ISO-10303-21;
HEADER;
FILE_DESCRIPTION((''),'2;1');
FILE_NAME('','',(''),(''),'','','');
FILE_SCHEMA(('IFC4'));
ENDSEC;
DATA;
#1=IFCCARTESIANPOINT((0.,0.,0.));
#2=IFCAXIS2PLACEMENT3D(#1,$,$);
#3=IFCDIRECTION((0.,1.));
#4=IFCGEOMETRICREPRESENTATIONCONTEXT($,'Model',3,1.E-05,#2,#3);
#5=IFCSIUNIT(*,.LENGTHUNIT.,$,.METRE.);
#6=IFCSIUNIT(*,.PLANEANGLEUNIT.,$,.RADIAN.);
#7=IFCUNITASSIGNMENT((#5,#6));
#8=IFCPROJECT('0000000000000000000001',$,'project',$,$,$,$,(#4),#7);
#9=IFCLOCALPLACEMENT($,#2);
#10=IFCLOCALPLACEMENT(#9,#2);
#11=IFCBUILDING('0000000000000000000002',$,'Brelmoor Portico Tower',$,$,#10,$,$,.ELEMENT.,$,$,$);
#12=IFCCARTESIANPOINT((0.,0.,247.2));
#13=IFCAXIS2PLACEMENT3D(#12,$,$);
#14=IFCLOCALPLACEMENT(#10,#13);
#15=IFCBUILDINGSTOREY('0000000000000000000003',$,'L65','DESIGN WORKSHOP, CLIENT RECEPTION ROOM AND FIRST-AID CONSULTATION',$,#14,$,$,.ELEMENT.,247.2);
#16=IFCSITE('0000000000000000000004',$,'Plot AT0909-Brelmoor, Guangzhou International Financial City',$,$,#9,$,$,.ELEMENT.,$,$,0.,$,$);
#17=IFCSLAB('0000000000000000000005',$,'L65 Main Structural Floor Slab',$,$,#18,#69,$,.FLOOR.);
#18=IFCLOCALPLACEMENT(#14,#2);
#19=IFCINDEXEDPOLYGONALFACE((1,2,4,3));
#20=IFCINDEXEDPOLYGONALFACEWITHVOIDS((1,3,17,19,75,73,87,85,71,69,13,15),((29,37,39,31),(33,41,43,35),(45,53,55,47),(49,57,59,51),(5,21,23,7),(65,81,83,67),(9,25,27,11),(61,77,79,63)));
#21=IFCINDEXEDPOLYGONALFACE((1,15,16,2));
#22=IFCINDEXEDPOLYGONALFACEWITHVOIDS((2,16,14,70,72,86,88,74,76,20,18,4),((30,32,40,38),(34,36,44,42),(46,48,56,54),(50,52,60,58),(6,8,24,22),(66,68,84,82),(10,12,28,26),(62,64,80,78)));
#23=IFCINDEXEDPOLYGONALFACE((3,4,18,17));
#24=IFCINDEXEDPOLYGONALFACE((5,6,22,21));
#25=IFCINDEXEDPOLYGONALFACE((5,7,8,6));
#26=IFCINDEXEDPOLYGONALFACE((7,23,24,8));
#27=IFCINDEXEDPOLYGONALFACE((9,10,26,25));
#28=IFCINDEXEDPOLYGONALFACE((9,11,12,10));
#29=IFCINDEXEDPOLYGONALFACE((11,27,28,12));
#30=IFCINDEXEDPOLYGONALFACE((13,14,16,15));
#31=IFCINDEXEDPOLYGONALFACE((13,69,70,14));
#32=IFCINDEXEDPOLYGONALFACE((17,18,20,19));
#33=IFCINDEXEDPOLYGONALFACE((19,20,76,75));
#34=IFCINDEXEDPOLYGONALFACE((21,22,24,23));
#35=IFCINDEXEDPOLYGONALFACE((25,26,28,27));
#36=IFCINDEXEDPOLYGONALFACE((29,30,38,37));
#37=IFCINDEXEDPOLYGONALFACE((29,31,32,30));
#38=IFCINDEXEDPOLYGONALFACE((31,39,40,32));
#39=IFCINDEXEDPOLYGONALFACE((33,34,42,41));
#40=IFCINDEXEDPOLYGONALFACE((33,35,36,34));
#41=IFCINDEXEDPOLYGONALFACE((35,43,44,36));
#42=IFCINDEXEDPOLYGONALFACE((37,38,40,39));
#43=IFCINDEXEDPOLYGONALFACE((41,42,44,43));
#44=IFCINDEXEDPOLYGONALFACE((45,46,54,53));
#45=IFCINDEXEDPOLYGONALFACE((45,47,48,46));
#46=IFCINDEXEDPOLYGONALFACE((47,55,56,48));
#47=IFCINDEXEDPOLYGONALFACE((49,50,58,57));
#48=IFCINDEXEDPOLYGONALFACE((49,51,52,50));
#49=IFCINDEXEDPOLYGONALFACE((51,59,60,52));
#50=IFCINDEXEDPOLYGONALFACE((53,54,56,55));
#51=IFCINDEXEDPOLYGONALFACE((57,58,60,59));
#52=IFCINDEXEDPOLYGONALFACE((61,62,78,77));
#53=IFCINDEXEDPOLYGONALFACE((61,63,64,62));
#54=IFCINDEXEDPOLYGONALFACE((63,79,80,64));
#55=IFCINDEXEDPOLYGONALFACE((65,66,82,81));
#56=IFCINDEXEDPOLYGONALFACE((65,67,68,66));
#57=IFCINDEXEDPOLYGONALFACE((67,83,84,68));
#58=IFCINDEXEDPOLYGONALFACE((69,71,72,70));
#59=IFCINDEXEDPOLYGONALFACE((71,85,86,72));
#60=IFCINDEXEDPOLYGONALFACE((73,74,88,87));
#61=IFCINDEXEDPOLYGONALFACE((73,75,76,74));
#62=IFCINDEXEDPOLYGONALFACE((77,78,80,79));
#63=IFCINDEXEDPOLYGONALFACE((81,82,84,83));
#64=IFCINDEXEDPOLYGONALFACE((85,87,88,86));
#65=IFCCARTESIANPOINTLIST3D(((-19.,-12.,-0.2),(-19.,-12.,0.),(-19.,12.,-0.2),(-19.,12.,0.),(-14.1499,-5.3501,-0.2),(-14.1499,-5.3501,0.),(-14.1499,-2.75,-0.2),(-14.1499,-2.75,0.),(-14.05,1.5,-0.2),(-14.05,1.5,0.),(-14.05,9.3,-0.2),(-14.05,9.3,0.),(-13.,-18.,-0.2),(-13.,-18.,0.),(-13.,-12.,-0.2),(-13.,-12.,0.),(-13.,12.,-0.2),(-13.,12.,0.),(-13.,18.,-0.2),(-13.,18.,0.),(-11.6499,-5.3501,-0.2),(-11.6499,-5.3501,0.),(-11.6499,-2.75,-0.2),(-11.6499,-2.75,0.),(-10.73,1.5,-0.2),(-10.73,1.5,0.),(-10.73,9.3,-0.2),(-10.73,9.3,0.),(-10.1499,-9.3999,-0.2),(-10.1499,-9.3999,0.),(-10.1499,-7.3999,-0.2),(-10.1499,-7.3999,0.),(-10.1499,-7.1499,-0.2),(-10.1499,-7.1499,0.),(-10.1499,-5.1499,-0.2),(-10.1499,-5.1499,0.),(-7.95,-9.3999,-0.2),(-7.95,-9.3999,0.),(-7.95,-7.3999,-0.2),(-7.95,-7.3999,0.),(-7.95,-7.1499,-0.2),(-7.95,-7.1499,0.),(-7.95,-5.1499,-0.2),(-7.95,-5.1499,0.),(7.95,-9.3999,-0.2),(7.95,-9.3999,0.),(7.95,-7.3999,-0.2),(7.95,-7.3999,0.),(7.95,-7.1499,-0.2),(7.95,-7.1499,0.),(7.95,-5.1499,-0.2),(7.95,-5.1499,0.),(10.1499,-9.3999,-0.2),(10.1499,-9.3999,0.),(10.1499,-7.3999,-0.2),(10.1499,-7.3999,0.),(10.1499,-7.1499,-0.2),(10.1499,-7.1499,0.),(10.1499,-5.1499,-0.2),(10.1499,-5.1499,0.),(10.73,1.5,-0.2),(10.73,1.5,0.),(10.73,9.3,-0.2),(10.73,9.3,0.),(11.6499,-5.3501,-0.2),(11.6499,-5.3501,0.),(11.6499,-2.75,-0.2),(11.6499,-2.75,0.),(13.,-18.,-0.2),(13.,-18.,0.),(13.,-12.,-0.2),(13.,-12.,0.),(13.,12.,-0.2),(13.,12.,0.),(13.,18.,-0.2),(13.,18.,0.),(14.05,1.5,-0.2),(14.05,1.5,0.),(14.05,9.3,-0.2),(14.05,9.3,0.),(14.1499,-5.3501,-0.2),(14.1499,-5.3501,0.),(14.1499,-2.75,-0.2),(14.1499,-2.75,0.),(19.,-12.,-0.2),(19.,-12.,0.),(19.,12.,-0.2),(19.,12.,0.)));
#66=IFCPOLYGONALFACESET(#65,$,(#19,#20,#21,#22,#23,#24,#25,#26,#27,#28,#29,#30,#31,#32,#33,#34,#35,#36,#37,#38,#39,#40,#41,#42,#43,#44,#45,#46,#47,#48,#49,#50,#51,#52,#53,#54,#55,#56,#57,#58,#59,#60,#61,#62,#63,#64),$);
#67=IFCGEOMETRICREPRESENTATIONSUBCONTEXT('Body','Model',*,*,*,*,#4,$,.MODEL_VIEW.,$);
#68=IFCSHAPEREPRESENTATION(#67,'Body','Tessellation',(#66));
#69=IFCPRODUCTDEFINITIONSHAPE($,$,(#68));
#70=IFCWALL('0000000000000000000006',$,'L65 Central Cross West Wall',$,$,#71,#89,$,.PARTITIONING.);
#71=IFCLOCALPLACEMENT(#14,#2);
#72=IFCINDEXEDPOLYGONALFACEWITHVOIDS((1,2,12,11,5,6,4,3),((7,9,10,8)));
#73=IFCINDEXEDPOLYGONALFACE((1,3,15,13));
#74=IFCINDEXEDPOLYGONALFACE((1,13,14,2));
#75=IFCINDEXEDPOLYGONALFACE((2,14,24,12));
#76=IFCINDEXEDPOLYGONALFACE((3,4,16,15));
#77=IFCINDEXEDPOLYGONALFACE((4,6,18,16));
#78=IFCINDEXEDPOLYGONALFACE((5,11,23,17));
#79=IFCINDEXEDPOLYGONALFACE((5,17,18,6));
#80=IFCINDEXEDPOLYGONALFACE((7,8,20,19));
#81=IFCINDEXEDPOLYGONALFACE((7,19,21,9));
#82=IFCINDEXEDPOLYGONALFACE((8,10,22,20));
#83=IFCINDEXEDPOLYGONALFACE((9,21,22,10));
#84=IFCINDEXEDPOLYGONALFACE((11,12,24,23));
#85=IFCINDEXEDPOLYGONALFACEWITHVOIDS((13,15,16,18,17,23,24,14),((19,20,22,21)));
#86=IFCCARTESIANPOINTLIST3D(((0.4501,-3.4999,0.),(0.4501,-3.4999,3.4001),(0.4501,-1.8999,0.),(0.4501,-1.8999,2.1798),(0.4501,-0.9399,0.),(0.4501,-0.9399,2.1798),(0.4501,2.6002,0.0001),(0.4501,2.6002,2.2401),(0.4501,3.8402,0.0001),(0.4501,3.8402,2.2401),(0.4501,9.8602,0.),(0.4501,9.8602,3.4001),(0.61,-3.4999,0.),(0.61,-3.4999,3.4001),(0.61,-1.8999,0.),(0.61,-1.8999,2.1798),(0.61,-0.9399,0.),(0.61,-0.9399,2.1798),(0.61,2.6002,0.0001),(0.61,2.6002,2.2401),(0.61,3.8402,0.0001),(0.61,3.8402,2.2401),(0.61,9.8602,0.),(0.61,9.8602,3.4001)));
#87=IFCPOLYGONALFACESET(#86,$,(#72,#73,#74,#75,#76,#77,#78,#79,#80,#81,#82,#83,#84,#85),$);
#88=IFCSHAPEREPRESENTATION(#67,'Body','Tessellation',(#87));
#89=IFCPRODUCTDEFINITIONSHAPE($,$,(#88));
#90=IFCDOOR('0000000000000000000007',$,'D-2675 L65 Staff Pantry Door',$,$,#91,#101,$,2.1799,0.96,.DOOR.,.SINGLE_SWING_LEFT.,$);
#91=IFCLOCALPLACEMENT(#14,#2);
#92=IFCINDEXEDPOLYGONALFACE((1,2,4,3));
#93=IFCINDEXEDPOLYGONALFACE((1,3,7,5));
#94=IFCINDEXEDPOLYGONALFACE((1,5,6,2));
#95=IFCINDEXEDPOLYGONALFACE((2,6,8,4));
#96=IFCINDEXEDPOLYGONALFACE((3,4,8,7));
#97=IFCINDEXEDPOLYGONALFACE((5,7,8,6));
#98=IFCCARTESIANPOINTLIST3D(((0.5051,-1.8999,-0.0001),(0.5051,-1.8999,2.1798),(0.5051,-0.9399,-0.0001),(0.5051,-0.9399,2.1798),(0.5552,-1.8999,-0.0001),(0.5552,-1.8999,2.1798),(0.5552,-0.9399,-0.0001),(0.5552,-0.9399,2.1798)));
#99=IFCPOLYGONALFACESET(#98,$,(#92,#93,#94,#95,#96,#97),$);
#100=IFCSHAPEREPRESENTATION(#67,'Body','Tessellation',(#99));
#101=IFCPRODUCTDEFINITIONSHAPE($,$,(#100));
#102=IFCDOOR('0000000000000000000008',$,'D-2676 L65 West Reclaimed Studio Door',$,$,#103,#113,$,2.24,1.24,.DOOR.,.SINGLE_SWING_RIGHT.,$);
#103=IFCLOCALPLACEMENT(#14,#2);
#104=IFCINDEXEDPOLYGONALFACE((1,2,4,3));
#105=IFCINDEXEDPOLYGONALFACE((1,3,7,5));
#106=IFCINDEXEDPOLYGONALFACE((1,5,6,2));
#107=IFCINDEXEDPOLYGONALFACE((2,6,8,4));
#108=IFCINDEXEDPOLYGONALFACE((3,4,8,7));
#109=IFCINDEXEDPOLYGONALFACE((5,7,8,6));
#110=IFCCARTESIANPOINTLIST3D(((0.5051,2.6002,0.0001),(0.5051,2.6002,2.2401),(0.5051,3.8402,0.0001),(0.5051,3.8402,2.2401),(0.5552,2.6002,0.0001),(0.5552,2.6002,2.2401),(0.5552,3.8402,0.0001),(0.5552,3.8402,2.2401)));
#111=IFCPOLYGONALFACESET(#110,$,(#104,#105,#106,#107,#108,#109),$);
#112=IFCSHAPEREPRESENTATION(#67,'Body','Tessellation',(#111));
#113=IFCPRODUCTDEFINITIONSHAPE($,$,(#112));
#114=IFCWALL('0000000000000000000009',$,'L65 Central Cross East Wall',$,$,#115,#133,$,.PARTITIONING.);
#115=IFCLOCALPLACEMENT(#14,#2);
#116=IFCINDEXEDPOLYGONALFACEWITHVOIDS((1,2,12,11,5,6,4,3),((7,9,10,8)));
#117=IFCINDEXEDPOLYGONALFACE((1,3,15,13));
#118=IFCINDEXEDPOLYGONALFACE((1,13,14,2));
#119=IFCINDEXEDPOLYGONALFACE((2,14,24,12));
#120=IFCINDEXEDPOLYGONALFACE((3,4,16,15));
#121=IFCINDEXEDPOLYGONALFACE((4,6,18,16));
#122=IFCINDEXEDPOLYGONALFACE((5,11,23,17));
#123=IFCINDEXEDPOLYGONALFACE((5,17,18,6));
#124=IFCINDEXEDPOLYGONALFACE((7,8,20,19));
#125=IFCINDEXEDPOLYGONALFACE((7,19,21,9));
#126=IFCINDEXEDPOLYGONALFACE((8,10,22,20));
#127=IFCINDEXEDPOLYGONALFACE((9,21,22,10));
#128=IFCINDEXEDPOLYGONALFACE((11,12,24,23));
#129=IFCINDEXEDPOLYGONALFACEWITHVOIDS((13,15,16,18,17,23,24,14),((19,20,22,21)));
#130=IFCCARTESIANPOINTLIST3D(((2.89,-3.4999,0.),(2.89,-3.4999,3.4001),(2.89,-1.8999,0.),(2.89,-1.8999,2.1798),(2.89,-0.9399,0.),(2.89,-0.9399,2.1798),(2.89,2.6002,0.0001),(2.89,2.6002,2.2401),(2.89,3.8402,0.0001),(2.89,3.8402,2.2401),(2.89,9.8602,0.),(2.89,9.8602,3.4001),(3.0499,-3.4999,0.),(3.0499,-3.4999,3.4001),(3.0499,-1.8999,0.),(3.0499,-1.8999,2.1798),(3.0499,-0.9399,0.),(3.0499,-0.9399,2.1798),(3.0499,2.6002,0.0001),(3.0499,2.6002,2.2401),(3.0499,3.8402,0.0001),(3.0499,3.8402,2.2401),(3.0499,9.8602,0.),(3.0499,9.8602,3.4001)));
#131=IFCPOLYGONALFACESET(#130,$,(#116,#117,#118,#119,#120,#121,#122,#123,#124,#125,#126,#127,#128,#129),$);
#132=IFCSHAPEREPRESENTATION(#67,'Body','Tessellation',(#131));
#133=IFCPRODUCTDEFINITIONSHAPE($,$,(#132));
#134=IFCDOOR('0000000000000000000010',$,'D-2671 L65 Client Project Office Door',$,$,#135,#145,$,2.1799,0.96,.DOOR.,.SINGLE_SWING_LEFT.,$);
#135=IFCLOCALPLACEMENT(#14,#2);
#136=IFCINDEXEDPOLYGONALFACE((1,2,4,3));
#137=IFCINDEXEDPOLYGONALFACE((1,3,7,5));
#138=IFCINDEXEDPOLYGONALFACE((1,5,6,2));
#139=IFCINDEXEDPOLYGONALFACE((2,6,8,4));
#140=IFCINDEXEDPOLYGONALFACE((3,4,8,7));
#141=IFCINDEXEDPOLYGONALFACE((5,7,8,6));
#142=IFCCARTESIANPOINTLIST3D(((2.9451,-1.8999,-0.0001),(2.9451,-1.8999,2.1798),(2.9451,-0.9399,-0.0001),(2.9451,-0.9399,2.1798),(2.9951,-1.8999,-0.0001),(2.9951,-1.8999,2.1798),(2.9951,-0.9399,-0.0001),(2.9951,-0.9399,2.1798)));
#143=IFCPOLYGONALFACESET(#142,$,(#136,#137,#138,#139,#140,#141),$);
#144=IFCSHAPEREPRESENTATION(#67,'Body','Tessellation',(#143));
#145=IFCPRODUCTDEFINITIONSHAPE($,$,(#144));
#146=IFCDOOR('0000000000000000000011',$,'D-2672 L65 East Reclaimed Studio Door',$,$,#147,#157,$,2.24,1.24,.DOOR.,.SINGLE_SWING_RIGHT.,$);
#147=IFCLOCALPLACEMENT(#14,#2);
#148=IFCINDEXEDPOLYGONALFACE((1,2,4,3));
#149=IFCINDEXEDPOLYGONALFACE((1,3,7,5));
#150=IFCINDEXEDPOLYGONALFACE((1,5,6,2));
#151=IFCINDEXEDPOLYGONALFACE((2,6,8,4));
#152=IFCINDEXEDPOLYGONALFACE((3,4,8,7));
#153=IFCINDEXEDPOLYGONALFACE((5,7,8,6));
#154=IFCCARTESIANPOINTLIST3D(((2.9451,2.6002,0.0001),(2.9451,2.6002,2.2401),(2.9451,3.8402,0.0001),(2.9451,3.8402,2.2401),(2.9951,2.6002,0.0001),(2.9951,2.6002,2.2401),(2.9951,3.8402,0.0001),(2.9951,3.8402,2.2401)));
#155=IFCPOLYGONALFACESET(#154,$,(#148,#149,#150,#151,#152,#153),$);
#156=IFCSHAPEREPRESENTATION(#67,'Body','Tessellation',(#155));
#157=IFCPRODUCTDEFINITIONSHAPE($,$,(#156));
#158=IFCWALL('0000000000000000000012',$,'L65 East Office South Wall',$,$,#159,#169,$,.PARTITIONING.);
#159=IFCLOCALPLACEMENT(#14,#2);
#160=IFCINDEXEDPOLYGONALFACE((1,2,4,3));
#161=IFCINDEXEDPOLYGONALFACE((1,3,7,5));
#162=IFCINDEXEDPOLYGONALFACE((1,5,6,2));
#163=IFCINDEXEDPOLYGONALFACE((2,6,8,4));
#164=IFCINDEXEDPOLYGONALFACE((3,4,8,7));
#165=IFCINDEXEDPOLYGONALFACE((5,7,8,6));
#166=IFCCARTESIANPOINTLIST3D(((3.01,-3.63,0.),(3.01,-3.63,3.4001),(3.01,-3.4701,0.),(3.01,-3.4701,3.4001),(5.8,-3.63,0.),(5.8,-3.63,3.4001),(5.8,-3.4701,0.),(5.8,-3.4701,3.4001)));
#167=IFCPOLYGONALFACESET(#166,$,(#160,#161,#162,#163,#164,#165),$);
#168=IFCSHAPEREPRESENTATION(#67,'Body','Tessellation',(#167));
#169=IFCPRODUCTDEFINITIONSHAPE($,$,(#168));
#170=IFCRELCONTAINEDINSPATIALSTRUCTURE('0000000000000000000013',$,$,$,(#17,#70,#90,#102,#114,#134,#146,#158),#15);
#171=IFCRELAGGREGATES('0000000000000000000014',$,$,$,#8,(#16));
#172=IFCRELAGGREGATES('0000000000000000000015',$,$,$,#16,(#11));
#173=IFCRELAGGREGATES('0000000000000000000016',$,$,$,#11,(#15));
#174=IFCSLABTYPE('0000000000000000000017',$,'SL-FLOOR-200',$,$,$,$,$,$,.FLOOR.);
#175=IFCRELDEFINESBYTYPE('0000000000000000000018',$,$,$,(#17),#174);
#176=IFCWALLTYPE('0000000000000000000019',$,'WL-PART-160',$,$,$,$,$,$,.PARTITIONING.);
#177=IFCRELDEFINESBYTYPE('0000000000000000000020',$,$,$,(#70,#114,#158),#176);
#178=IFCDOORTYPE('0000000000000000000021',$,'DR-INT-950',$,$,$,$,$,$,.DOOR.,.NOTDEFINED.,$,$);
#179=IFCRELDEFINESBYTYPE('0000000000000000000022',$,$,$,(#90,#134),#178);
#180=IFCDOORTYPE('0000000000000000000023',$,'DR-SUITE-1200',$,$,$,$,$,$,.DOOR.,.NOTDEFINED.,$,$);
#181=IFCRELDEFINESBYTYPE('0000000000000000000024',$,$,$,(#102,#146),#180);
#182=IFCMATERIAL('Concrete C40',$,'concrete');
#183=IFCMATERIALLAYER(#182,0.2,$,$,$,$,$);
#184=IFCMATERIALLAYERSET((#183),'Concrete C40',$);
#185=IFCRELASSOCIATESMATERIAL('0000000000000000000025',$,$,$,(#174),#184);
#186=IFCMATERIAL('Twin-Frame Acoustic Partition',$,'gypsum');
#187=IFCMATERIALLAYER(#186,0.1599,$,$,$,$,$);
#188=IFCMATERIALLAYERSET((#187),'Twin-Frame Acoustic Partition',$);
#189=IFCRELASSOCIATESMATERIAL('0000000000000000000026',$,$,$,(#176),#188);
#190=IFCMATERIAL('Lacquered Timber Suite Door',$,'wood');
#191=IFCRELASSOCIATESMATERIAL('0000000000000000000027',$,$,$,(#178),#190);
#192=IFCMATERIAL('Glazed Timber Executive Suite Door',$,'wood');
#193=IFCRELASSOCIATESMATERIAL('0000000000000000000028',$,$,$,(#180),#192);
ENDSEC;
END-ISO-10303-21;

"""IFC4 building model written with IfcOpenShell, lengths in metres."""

from ifc_helpers import new_model, si_unit, direction, frame, frame_2d, origin, place, context, subcontext, project, spatial, polyline, rectangle, outline, extrude, material, layer, layer_set, type_object, element, fill, save


model = new_model("IFC4")

# Units and contexts
model_context = context("Model", 3, precision=1e-05, world=origin(), true_north=direction((0.0, 1.0)))
body_context = subcontext(model_context, "Body", "Model", "MODEL_VIEW")
ifc_project = project(units=[si_unit("LENGTHUNIT", "METRE"), si_unit("PLANEANGLEUNIT", "RADIAN")], contexts=[model_context])

# Site, building, storey
site_placement = place(None, origin())
site = spatial("IfcSite", under=ifc_project, at=site_placement, Name="Plot AT0909-Brelmoor, Guangzhou International Financial City", CompositionType="ELEMENT", RefElevation=0.0)
building_placement = place(site_placement, origin())
building = spatial("IfcBuilding", under=site, at=building_placement, Name="Brelmoor Portico Tower", CompositionType="ELEMENT")
storey_placement = place(building_placement, frame((0.0, 0.0, 247.2)))
storey = spatial("IfcBuildingStorey", under=building, at=storey_placement, Name="L65", Description="DESIGN WORKSHOP, CLIENT RECEPTION ROOM AND FIRST-AID CONSULTATION", CompositionType="ELEMENT", Elevation=247.2)

# Slab
ifc_material_1 = material(Name="Concrete C40", Category="concrete")
ifc_layer_1 = layer(ifc_material_1, 0.2)
ifc_layer_set_1 = layer_set([ifc_layer_1], Name="Concrete C40")
slab_type = type_object("IfcSlabType", Name="SL-FLOOR-200", PredefinedType="FLOOR", material=ifc_layer_set_1)
slab_placement = place(storey_placement, frame((0.0, 0.0, -0.2)))
element("IfcSlab", 1, at=slab_placement, inside=storey, type_object=slab_type, Name="L65 Main Structural Floor Slab", PredefinedType="FLOOR", context=body_context, shape_type="SweptSolid", body=[
    extrude(outline(polyline([(-13.0, -18.0), (13.0, -18.0), (13.0, -12.0), (19.0, -12.0), (19.0, 12.0), (13.0, 12.0), (13.0, 18.0), (-13.0, 18.0), (-13.0, 12.0), (-19.0, 12.0), (-19.0, -12.0), (-13.0, -12.0), (-13.0, -18.0)]), holes=[polyline([(-10.73, 1.5), (-10.73, 9.3), (-14.05, 9.3), (-14.05, 1.5), (-10.73, 1.5)]), polyline([(14.05, 1.5), (14.05, 9.3), (10.73, 9.3), (10.73, 1.5), (14.05, 1.5)]), polyline([(-10.1499, -9.3999), (-7.95, -9.3999), (-7.95, -7.3999), (-10.1499, -7.3999), (-10.1499, -9.3999)]), polyline([(-10.1499, -7.1499), (-7.95, -7.1499), (-7.95, -5.1499), (-10.1499, -5.1499), (-10.1499, -7.1499)]), polyline([(7.95, -9.3999), (10.1499, -9.3999), (10.1499, -7.3999), (7.95, -7.3999), (7.95, -9.3999)]), polyline([(7.95, -7.1499), (10.1499, -7.1499), (10.1499, -5.1499), (7.95, -5.1499), (7.95, -7.1499)]), polyline([(-14.1499, -5.3501), (-11.6499, -5.3501), (-11.6499, -2.75), (-14.1499, -2.75), (-14.1499, -5.3501)]), polyline([(11.6499, -5.3501), (14.1499, -5.3501), (14.1499, -2.75), (11.6499, -2.75), (11.6499, -5.3501)])]), origin(), (0.0, 0.0, 1.0), 0.2),
])

# Walls, openings, doors
ifc_material_2 = material(Name="Twin-Frame Acoustic Partition", Category="gypsum")
ifc_layer_2 = layer(ifc_material_2, 0.1599)
ifc_layer_set_2 = layer_set([ifc_layer_2], Name="Twin-Frame Acoustic Partition")
wall_type_1 = type_object("IfcWallType", Name="WL-PART-160", PredefinedType="PARTITIONING", material=ifc_layer_set_2)
wall_1_placement = place(storey_placement, frame((0.53, -3.5, 0.0), z_axis=(0.0, 0.0, 1.0), x_axis=(0.0, 1.0, 0.0)))
wall_1 = element("IfcWall", 2, at=wall_1_placement, inside=storey, type_object=wall_type_1, Name="L65 Central Cross West Wall", PredefinedType="PARTITIONING", context=body_context, shape_type="SweptSolid", body=[
    extrude(rectangle(XDim=13.3601, YDim=0.1599, at=frame_2d((6.6802, 0.0))), origin(), (0.0, 0.0, 1.0), 3.4001),
])
opening_1_placement = place(wall_1_placement, frame((6.1001, 0.0, 0.0)))
opening_1 = element("IfcOpeningElement", 3, at=opening_1_placement, cuts=wall_1, PredefinedType="OPENING", context=body_context, shape_type="SweptSolid", body=[
    extrude(rectangle(XDim=1.24, YDim=2.24, at=frame_2d((0.6201, 1.1201))), frame((0.0, 0.0898, 0.0), z_axis=(0.0, -1.0, 0.0), x_axis=(1.0, 0.0, 0.0)), (0.0, 0.0, 1.0), 0.1799),
])
opening_2_placement = place(wall_1_placement, frame((1.6001, 0.0, 0.0)))
opening_2 = element("IfcOpeningElement", 4, at=opening_2_placement, cuts=wall_1, PredefinedType="OPENING", context=body_context, shape_type="SweptSolid", body=[
    extrude(rectangle(XDim=0.96, YDim=2.1799, at=frame_2d((0.48, 1.0898))), frame((0.0, 0.0898, 0.0), z_axis=(0.0, -1.0, 0.0), x_axis=(1.0, 0.0, 0.0)), (0.0, 0.0, 1.0), 0.1799),
])
ifc_material_3 = material(Name="Lacquered Timber Suite Door", Category="wood")
door_type_1 = type_object("IfcDoorType", Name="DR-INT-950", OperationType="NOTDEFINED", PredefinedType="DOOR", material=ifc_material_3)
door_1_placement = place(opening_2_placement, origin())
door_1 = element("IfcDoor", 5, at=door_1_placement, inside=storey, type_object=door_type_1, Name="D-2675 L65 Staff Pantry Door", OperationType="SINGLE_SWING_LEFT", OverallHeight=2.1799, OverallWidth=0.96, PredefinedType="DOOR", context=body_context, shape_type="SweptSolid", body=[
    extrude(rectangle(XDim=0.96, YDim=2.1799, at=frame_2d((0.48, 1.0898))), frame((0.0, 0.0249, 0.0), z_axis=(0.0, -1.0, 0.0), x_axis=(1.0, 0.0, 0.0)), (0.0, 0.0, 1.0), 0.05),
])
fill(opening_2, door_1)
ifc_material_4 = material(Name="Glazed Timber Executive Suite Door", Category="wood")
door_type_2 = type_object("IfcDoorType", Name="DR-SUITE-1200", OperationType="NOTDEFINED", PredefinedType="DOOR", material=ifc_material_4)
door_2_placement = place(opening_1_placement, origin())
door_2 = element("IfcDoor", 6, at=door_2_placement, inside=storey, type_object=door_type_2, Name="D-2676 L65 West Reclaimed Studio Door", OperationType="SINGLE_SWING_RIGHT", OverallHeight=2.24, OverallWidth=1.24, PredefinedType="DOOR", context=body_context, shape_type="SweptSolid", body=[
    extrude(rectangle(XDim=1.24, YDim=2.24, at=frame_2d((0.6201, 1.1201))), frame((0.0, 0.0249, 0.0), z_axis=(0.0, -1.0, 0.0), x_axis=(1.0, 0.0, 0.0)), (0.0, 0.0, 1.0), 0.05),
])
fill(opening_1, door_2)
wall_2_placement = place(storey_placement, frame((2.97, -3.5, 0.0), z_axis=(0.0, 0.0, 1.0), x_axis=(0.0, 1.0, 0.0)))
wall_2 = element("IfcWall", 7, at=wall_2_placement, inside=storey, type_object=wall_type_1, Name="L65 Central Cross East Wall", PredefinedType="PARTITIONING", context=body_context, shape_type="SweptSolid", body=[
    extrude(rectangle(XDim=13.3601, YDim=0.1599, at=frame_2d((6.6802, 0.0))), origin(), (0.0, 0.0, 1.0), 3.4001),
])
opening_3_placement = place(wall_2_placement, frame((6.1001, 0.0, 0.0)))
opening_3 = element("IfcOpeningElement", 8, at=opening_3_placement, cuts=wall_2, PredefinedType="OPENING", context=body_context, shape_type="SweptSolid", body=[
    extrude(rectangle(XDim=1.24, YDim=2.24, at=frame_2d((0.6201, 1.1201))), frame((0.0, 0.0898, 0.0), z_axis=(0.0, -1.0, 0.0), x_axis=(1.0, 0.0, 0.0)), (0.0, 0.0, 1.0), 0.1799),
])
opening_4_placement = place(wall_2_placement, frame((1.6001, 0.0, 0.0)))
opening_4 = element("IfcOpeningElement", 9, at=opening_4_placement, cuts=wall_2, PredefinedType="OPENING", context=body_context, shape_type="SweptSolid", body=[
    extrude(rectangle(XDim=0.96, YDim=2.1799, at=frame_2d((0.48, 1.0898))), frame((0.0, 0.0898, 0.0), z_axis=(0.0, -1.0, 0.0), x_axis=(1.0, 0.0, 0.0)), (0.0, 0.0, 1.0), 0.1799),
])
door_3_placement = place(opening_4_placement, origin())
door_3 = element("IfcDoor", 10, at=door_3_placement, inside=storey, type_object=door_type_1, Name="D-2671 L65 Client Project Office Door", OperationType="SINGLE_SWING_LEFT", OverallHeight=2.1799, OverallWidth=0.96, PredefinedType="DOOR", context=body_context, shape_type="SweptSolid", body=[
    extrude(rectangle(XDim=0.96, YDim=2.1799, at=frame_2d((0.48, 1.0898))), frame((0.0, 0.0249, 0.0), z_axis=(0.0, -1.0, 0.0), x_axis=(1.0, 0.0, 0.0)), (0.0, 0.0, 1.0), 0.05),
])
fill(opening_4, door_3)
door_4_placement = place(opening_3_placement, origin())
door_4 = element("IfcDoor", 11, at=door_4_placement, inside=storey, type_object=door_type_2, Name="D-2672 L65 East Reclaimed Studio Door", OperationType="SINGLE_SWING_RIGHT", OverallHeight=2.24, OverallWidth=1.24, PredefinedType="DOOR", context=body_context, shape_type="SweptSolid", body=[
    extrude(rectangle(XDim=1.24, YDim=2.24, at=frame_2d((0.6201, 1.1201))), frame((0.0, 0.0249, 0.0), z_axis=(0.0, -1.0, 0.0), x_axis=(1.0, 0.0, 0.0)), (0.0, 0.0, 1.0), 0.05),
])
fill(opening_3, door_4)

# Wall
for number, where, z_axis, x_axis, name in (
    (12, (3.01, -3.55, 0.0), (0.0, 0.0, 1.0), (1.0, 0.0, 0.0), "L65 East Office South Wall"),
):
    element("IfcWall", number, at=place(storey_placement, frame(where, z_axis=z_axis, x_axis=x_axis)), inside=storey, type_object=wall_type_1, Name=name, PredefinedType="PARTITIONING", context=body_context, shape_type="SweptSolid", body=[
        extrude(rectangle(XDim=2.79, YDim=0.1599, at=frame_2d((1.395, 0.0))), origin(), (0.0, 0.0, 1.0), 3.4001),
    ])

save(model, "model.ifc")
